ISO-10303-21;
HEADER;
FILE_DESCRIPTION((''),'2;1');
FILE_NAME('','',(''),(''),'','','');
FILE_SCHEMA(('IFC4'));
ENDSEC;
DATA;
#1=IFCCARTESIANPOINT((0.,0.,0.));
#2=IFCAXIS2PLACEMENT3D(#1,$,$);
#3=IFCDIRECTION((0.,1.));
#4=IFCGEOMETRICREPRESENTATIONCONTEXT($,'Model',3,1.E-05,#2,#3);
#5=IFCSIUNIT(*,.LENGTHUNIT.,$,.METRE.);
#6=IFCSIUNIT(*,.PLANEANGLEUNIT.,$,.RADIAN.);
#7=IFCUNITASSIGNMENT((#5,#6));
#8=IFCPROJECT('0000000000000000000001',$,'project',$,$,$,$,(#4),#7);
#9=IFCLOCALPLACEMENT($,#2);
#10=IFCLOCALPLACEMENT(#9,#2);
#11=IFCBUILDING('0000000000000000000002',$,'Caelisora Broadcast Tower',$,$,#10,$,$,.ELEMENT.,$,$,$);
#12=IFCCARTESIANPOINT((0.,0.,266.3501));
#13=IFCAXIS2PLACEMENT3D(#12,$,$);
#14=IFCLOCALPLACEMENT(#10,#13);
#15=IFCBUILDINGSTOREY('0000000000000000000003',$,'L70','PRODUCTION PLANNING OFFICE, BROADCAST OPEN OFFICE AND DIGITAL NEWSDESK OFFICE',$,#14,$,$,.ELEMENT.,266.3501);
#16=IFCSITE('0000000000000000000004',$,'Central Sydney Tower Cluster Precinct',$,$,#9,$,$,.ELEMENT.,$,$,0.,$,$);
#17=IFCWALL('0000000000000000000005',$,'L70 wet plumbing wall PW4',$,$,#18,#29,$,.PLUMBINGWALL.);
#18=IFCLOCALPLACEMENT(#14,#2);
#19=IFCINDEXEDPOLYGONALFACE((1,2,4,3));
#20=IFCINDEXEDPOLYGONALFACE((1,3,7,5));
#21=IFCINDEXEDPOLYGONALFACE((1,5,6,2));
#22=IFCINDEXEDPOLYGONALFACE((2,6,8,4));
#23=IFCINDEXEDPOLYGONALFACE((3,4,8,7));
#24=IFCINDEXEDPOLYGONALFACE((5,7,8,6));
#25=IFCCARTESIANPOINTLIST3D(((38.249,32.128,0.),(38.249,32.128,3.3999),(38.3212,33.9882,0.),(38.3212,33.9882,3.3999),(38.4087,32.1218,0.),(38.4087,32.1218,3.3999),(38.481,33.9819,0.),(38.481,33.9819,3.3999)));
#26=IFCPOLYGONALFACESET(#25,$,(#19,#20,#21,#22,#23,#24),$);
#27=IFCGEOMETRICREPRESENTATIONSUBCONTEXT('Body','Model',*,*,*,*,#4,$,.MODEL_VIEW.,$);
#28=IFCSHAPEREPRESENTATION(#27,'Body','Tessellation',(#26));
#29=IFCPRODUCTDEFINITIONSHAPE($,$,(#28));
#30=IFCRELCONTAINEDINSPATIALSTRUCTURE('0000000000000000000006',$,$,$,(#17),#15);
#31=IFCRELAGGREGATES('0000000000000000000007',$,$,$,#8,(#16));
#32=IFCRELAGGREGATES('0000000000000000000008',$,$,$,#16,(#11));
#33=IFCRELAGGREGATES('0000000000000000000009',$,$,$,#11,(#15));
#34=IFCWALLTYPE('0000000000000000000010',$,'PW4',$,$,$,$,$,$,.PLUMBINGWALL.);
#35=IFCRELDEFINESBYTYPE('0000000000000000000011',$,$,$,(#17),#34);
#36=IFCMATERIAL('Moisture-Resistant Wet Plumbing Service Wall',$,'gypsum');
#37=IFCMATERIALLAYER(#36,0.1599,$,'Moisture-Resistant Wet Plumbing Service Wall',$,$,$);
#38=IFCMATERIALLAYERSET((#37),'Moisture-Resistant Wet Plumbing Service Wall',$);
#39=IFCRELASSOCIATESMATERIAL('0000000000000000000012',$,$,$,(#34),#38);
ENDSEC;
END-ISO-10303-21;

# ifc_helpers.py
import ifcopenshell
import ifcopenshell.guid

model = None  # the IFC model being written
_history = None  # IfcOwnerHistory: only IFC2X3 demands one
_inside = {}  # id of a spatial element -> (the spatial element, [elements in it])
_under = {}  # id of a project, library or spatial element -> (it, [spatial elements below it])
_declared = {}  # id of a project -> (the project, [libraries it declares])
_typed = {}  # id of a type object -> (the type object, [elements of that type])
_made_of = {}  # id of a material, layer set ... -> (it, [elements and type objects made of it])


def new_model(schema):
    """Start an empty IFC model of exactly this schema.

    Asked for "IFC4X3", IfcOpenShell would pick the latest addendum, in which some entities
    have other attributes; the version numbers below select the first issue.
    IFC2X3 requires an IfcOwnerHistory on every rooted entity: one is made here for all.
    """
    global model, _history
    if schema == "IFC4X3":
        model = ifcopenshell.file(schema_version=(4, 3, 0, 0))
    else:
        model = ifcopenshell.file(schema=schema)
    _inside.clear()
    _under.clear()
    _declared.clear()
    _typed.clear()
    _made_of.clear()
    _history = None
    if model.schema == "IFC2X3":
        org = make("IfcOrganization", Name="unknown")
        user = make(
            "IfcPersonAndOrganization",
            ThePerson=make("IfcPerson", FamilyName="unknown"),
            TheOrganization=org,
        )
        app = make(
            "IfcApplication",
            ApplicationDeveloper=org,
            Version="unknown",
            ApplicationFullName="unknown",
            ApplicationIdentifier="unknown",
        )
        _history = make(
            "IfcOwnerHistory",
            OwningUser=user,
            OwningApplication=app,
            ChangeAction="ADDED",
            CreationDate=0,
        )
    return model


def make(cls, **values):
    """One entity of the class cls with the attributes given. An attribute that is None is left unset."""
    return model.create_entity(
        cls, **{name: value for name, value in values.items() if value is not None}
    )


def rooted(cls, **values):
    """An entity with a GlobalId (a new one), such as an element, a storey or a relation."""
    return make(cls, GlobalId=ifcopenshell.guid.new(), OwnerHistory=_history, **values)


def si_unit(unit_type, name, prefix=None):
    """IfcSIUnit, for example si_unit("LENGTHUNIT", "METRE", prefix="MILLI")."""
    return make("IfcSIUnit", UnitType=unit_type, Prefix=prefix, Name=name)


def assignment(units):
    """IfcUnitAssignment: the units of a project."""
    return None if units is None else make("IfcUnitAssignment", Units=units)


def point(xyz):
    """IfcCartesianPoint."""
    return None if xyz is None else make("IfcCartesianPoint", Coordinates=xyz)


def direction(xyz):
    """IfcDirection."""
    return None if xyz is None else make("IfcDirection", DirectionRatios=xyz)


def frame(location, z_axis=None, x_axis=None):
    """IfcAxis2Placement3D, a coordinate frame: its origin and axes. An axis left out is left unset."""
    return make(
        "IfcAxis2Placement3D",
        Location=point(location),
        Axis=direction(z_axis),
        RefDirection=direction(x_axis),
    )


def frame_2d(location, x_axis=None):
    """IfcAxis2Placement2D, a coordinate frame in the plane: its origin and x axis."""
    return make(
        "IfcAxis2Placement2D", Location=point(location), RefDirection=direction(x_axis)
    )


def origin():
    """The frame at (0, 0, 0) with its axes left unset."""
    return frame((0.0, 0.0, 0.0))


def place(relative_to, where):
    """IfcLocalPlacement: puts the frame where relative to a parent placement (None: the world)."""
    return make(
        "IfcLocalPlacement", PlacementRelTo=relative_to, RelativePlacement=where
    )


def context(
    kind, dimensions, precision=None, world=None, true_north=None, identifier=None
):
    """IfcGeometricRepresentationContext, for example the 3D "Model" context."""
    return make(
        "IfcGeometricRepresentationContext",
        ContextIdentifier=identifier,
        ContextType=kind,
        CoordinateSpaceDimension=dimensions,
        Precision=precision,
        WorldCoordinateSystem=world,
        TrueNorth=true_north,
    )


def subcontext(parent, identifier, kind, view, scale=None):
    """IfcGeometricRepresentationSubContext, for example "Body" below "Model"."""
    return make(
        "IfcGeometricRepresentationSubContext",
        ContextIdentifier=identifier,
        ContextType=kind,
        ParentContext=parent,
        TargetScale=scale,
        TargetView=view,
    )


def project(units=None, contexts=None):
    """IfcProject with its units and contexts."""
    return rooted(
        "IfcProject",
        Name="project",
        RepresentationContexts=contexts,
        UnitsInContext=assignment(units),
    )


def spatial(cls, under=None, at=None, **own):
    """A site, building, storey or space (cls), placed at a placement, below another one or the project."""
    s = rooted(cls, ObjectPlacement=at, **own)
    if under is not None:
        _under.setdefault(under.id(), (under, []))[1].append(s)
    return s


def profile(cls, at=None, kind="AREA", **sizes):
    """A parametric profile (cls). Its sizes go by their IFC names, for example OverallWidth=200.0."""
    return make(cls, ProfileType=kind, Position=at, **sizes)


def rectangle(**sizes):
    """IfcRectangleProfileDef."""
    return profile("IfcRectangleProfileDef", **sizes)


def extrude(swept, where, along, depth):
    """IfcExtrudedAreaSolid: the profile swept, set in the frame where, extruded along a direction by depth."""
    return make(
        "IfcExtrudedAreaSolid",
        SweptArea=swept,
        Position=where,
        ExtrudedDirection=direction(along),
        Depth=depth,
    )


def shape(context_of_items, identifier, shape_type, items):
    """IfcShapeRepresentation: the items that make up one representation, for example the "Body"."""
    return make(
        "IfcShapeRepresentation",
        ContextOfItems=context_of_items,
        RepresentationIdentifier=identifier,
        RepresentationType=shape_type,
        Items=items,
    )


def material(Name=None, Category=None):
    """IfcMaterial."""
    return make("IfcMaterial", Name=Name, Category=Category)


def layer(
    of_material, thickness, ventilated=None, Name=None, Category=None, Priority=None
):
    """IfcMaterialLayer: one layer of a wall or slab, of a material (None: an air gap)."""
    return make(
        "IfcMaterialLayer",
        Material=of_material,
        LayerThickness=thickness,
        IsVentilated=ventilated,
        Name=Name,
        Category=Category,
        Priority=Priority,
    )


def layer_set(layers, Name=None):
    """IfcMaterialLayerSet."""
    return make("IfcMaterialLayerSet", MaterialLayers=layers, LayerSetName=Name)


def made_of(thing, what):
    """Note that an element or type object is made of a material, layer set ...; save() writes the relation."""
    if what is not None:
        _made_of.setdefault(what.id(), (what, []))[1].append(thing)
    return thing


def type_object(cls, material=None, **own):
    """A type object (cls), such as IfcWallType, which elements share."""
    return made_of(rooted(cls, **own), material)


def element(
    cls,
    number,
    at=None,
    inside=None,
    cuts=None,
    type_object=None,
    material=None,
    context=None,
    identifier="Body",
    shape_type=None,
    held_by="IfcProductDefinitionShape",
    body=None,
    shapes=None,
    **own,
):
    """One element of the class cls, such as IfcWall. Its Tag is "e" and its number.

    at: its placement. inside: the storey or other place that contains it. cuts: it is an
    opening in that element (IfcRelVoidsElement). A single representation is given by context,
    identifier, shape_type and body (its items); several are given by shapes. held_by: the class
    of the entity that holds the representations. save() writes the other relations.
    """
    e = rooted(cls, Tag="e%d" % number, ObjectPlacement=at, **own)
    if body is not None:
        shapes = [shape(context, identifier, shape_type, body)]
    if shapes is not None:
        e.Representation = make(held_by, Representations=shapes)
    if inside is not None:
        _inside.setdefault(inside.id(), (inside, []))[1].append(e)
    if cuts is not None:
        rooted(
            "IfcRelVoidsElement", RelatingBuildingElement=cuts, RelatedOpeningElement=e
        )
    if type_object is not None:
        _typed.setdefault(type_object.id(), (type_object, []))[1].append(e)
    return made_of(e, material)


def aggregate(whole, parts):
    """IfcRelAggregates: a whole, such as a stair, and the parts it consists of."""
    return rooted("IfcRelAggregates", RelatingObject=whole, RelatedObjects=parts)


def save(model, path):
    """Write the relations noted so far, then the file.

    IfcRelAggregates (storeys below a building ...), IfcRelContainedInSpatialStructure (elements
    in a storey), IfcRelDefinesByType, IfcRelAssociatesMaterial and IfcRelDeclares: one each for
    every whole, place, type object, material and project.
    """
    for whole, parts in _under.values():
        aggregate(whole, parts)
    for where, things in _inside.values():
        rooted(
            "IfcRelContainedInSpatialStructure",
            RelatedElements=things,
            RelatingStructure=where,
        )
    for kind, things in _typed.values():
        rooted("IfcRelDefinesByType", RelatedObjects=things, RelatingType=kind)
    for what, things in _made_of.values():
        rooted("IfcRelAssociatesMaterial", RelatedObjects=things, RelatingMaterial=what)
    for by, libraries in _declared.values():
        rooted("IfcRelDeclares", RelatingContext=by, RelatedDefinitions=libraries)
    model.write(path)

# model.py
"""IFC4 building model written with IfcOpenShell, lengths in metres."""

from ifc_helpers import new_model, si_unit, direction, frame, frame_2d, origin, place, context, subcontext, project, spatial, rectangle, extrude, material, layer, layer_set, type_object, element, save


model = new_model("IFC4")

# Units and contexts
model_context = context("Model", 3, precision=1e-05, world=origin(), true_north=direction((0.0, 1.0)))
body_context = subcontext(model_context, "Body", "Model", "MODEL_VIEW")
ifc_project = project(units=[si_unit("LENGTHUNIT", "METRE"), si_unit("PLANEANGLEUNIT", "RADIAN")], contexts=[model_context])

# Site, building, storey
site_placement = place(None, origin())
site = spatial("IfcSite", under=ifc_project, at=site_placement, Name="Central Sydney Tower Cluster Precinct", CompositionType="ELEMENT", RefElevation=0.0)
building_placement = place(site_placement, origin())
building = spatial("IfcBuilding", under=site, at=building_placement, Name="Caelisora Broadcast Tower", CompositionType="ELEMENT")
storey_placement = place(building_placement, frame((0.0, 0.0, 266.3501)))
storey = spatial("IfcBuildingStorey", under=building, at=storey_placement, Name="L70", Description="PRODUCTION PLANNING OFFICE, BROADCAST OPEN OFFICE AND DIGITAL NEWSDESK OFFICE", CompositionType="ELEMENT", Elevation=266.3501)

# Shared definitions
ifc_material_1 = material(Name="Moisture-Resistant Wet Plumbing Service Wall", Category="gypsum")
ifc_layer_1 = layer(ifc_material_1, 0.1599, Name="Moisture-Resistant Wet Plumbing Service Wall")
ifc_layer_set_1 = layer_set([ifc_layer_1], Name="Moisture-Resistant Wet Plumbing Service Wall")
wall_type_1 = type_object("IfcWallType", Name="PW4", PredefinedType="PLUMBINGWALL", material=ifc_layer_set_1)

# Wall
wall_1_placement = place(storey_placement, frame((38.3289, 32.125, 0.0), z_axis=(0.0, 0.0, 1.0), x_axis=(0.038821, 0.999246, 0.0)))
element("IfcWall", 1, at=wall_1_placement, inside=storey, type_object=wall_type_1, Name="L70 wet plumbing wall PW4", PredefinedType="PLUMBINGWALL", context=body_context, shape_type="SweptSolid", body=[
    extrude(rectangle(XDim=1.8616, YDim=0.1599, at=frame_2d((0.9307, 0.0))), origin(), (0.0, 0.0, 1.0), 3.3999),
])

save(model, "model.ifc")
